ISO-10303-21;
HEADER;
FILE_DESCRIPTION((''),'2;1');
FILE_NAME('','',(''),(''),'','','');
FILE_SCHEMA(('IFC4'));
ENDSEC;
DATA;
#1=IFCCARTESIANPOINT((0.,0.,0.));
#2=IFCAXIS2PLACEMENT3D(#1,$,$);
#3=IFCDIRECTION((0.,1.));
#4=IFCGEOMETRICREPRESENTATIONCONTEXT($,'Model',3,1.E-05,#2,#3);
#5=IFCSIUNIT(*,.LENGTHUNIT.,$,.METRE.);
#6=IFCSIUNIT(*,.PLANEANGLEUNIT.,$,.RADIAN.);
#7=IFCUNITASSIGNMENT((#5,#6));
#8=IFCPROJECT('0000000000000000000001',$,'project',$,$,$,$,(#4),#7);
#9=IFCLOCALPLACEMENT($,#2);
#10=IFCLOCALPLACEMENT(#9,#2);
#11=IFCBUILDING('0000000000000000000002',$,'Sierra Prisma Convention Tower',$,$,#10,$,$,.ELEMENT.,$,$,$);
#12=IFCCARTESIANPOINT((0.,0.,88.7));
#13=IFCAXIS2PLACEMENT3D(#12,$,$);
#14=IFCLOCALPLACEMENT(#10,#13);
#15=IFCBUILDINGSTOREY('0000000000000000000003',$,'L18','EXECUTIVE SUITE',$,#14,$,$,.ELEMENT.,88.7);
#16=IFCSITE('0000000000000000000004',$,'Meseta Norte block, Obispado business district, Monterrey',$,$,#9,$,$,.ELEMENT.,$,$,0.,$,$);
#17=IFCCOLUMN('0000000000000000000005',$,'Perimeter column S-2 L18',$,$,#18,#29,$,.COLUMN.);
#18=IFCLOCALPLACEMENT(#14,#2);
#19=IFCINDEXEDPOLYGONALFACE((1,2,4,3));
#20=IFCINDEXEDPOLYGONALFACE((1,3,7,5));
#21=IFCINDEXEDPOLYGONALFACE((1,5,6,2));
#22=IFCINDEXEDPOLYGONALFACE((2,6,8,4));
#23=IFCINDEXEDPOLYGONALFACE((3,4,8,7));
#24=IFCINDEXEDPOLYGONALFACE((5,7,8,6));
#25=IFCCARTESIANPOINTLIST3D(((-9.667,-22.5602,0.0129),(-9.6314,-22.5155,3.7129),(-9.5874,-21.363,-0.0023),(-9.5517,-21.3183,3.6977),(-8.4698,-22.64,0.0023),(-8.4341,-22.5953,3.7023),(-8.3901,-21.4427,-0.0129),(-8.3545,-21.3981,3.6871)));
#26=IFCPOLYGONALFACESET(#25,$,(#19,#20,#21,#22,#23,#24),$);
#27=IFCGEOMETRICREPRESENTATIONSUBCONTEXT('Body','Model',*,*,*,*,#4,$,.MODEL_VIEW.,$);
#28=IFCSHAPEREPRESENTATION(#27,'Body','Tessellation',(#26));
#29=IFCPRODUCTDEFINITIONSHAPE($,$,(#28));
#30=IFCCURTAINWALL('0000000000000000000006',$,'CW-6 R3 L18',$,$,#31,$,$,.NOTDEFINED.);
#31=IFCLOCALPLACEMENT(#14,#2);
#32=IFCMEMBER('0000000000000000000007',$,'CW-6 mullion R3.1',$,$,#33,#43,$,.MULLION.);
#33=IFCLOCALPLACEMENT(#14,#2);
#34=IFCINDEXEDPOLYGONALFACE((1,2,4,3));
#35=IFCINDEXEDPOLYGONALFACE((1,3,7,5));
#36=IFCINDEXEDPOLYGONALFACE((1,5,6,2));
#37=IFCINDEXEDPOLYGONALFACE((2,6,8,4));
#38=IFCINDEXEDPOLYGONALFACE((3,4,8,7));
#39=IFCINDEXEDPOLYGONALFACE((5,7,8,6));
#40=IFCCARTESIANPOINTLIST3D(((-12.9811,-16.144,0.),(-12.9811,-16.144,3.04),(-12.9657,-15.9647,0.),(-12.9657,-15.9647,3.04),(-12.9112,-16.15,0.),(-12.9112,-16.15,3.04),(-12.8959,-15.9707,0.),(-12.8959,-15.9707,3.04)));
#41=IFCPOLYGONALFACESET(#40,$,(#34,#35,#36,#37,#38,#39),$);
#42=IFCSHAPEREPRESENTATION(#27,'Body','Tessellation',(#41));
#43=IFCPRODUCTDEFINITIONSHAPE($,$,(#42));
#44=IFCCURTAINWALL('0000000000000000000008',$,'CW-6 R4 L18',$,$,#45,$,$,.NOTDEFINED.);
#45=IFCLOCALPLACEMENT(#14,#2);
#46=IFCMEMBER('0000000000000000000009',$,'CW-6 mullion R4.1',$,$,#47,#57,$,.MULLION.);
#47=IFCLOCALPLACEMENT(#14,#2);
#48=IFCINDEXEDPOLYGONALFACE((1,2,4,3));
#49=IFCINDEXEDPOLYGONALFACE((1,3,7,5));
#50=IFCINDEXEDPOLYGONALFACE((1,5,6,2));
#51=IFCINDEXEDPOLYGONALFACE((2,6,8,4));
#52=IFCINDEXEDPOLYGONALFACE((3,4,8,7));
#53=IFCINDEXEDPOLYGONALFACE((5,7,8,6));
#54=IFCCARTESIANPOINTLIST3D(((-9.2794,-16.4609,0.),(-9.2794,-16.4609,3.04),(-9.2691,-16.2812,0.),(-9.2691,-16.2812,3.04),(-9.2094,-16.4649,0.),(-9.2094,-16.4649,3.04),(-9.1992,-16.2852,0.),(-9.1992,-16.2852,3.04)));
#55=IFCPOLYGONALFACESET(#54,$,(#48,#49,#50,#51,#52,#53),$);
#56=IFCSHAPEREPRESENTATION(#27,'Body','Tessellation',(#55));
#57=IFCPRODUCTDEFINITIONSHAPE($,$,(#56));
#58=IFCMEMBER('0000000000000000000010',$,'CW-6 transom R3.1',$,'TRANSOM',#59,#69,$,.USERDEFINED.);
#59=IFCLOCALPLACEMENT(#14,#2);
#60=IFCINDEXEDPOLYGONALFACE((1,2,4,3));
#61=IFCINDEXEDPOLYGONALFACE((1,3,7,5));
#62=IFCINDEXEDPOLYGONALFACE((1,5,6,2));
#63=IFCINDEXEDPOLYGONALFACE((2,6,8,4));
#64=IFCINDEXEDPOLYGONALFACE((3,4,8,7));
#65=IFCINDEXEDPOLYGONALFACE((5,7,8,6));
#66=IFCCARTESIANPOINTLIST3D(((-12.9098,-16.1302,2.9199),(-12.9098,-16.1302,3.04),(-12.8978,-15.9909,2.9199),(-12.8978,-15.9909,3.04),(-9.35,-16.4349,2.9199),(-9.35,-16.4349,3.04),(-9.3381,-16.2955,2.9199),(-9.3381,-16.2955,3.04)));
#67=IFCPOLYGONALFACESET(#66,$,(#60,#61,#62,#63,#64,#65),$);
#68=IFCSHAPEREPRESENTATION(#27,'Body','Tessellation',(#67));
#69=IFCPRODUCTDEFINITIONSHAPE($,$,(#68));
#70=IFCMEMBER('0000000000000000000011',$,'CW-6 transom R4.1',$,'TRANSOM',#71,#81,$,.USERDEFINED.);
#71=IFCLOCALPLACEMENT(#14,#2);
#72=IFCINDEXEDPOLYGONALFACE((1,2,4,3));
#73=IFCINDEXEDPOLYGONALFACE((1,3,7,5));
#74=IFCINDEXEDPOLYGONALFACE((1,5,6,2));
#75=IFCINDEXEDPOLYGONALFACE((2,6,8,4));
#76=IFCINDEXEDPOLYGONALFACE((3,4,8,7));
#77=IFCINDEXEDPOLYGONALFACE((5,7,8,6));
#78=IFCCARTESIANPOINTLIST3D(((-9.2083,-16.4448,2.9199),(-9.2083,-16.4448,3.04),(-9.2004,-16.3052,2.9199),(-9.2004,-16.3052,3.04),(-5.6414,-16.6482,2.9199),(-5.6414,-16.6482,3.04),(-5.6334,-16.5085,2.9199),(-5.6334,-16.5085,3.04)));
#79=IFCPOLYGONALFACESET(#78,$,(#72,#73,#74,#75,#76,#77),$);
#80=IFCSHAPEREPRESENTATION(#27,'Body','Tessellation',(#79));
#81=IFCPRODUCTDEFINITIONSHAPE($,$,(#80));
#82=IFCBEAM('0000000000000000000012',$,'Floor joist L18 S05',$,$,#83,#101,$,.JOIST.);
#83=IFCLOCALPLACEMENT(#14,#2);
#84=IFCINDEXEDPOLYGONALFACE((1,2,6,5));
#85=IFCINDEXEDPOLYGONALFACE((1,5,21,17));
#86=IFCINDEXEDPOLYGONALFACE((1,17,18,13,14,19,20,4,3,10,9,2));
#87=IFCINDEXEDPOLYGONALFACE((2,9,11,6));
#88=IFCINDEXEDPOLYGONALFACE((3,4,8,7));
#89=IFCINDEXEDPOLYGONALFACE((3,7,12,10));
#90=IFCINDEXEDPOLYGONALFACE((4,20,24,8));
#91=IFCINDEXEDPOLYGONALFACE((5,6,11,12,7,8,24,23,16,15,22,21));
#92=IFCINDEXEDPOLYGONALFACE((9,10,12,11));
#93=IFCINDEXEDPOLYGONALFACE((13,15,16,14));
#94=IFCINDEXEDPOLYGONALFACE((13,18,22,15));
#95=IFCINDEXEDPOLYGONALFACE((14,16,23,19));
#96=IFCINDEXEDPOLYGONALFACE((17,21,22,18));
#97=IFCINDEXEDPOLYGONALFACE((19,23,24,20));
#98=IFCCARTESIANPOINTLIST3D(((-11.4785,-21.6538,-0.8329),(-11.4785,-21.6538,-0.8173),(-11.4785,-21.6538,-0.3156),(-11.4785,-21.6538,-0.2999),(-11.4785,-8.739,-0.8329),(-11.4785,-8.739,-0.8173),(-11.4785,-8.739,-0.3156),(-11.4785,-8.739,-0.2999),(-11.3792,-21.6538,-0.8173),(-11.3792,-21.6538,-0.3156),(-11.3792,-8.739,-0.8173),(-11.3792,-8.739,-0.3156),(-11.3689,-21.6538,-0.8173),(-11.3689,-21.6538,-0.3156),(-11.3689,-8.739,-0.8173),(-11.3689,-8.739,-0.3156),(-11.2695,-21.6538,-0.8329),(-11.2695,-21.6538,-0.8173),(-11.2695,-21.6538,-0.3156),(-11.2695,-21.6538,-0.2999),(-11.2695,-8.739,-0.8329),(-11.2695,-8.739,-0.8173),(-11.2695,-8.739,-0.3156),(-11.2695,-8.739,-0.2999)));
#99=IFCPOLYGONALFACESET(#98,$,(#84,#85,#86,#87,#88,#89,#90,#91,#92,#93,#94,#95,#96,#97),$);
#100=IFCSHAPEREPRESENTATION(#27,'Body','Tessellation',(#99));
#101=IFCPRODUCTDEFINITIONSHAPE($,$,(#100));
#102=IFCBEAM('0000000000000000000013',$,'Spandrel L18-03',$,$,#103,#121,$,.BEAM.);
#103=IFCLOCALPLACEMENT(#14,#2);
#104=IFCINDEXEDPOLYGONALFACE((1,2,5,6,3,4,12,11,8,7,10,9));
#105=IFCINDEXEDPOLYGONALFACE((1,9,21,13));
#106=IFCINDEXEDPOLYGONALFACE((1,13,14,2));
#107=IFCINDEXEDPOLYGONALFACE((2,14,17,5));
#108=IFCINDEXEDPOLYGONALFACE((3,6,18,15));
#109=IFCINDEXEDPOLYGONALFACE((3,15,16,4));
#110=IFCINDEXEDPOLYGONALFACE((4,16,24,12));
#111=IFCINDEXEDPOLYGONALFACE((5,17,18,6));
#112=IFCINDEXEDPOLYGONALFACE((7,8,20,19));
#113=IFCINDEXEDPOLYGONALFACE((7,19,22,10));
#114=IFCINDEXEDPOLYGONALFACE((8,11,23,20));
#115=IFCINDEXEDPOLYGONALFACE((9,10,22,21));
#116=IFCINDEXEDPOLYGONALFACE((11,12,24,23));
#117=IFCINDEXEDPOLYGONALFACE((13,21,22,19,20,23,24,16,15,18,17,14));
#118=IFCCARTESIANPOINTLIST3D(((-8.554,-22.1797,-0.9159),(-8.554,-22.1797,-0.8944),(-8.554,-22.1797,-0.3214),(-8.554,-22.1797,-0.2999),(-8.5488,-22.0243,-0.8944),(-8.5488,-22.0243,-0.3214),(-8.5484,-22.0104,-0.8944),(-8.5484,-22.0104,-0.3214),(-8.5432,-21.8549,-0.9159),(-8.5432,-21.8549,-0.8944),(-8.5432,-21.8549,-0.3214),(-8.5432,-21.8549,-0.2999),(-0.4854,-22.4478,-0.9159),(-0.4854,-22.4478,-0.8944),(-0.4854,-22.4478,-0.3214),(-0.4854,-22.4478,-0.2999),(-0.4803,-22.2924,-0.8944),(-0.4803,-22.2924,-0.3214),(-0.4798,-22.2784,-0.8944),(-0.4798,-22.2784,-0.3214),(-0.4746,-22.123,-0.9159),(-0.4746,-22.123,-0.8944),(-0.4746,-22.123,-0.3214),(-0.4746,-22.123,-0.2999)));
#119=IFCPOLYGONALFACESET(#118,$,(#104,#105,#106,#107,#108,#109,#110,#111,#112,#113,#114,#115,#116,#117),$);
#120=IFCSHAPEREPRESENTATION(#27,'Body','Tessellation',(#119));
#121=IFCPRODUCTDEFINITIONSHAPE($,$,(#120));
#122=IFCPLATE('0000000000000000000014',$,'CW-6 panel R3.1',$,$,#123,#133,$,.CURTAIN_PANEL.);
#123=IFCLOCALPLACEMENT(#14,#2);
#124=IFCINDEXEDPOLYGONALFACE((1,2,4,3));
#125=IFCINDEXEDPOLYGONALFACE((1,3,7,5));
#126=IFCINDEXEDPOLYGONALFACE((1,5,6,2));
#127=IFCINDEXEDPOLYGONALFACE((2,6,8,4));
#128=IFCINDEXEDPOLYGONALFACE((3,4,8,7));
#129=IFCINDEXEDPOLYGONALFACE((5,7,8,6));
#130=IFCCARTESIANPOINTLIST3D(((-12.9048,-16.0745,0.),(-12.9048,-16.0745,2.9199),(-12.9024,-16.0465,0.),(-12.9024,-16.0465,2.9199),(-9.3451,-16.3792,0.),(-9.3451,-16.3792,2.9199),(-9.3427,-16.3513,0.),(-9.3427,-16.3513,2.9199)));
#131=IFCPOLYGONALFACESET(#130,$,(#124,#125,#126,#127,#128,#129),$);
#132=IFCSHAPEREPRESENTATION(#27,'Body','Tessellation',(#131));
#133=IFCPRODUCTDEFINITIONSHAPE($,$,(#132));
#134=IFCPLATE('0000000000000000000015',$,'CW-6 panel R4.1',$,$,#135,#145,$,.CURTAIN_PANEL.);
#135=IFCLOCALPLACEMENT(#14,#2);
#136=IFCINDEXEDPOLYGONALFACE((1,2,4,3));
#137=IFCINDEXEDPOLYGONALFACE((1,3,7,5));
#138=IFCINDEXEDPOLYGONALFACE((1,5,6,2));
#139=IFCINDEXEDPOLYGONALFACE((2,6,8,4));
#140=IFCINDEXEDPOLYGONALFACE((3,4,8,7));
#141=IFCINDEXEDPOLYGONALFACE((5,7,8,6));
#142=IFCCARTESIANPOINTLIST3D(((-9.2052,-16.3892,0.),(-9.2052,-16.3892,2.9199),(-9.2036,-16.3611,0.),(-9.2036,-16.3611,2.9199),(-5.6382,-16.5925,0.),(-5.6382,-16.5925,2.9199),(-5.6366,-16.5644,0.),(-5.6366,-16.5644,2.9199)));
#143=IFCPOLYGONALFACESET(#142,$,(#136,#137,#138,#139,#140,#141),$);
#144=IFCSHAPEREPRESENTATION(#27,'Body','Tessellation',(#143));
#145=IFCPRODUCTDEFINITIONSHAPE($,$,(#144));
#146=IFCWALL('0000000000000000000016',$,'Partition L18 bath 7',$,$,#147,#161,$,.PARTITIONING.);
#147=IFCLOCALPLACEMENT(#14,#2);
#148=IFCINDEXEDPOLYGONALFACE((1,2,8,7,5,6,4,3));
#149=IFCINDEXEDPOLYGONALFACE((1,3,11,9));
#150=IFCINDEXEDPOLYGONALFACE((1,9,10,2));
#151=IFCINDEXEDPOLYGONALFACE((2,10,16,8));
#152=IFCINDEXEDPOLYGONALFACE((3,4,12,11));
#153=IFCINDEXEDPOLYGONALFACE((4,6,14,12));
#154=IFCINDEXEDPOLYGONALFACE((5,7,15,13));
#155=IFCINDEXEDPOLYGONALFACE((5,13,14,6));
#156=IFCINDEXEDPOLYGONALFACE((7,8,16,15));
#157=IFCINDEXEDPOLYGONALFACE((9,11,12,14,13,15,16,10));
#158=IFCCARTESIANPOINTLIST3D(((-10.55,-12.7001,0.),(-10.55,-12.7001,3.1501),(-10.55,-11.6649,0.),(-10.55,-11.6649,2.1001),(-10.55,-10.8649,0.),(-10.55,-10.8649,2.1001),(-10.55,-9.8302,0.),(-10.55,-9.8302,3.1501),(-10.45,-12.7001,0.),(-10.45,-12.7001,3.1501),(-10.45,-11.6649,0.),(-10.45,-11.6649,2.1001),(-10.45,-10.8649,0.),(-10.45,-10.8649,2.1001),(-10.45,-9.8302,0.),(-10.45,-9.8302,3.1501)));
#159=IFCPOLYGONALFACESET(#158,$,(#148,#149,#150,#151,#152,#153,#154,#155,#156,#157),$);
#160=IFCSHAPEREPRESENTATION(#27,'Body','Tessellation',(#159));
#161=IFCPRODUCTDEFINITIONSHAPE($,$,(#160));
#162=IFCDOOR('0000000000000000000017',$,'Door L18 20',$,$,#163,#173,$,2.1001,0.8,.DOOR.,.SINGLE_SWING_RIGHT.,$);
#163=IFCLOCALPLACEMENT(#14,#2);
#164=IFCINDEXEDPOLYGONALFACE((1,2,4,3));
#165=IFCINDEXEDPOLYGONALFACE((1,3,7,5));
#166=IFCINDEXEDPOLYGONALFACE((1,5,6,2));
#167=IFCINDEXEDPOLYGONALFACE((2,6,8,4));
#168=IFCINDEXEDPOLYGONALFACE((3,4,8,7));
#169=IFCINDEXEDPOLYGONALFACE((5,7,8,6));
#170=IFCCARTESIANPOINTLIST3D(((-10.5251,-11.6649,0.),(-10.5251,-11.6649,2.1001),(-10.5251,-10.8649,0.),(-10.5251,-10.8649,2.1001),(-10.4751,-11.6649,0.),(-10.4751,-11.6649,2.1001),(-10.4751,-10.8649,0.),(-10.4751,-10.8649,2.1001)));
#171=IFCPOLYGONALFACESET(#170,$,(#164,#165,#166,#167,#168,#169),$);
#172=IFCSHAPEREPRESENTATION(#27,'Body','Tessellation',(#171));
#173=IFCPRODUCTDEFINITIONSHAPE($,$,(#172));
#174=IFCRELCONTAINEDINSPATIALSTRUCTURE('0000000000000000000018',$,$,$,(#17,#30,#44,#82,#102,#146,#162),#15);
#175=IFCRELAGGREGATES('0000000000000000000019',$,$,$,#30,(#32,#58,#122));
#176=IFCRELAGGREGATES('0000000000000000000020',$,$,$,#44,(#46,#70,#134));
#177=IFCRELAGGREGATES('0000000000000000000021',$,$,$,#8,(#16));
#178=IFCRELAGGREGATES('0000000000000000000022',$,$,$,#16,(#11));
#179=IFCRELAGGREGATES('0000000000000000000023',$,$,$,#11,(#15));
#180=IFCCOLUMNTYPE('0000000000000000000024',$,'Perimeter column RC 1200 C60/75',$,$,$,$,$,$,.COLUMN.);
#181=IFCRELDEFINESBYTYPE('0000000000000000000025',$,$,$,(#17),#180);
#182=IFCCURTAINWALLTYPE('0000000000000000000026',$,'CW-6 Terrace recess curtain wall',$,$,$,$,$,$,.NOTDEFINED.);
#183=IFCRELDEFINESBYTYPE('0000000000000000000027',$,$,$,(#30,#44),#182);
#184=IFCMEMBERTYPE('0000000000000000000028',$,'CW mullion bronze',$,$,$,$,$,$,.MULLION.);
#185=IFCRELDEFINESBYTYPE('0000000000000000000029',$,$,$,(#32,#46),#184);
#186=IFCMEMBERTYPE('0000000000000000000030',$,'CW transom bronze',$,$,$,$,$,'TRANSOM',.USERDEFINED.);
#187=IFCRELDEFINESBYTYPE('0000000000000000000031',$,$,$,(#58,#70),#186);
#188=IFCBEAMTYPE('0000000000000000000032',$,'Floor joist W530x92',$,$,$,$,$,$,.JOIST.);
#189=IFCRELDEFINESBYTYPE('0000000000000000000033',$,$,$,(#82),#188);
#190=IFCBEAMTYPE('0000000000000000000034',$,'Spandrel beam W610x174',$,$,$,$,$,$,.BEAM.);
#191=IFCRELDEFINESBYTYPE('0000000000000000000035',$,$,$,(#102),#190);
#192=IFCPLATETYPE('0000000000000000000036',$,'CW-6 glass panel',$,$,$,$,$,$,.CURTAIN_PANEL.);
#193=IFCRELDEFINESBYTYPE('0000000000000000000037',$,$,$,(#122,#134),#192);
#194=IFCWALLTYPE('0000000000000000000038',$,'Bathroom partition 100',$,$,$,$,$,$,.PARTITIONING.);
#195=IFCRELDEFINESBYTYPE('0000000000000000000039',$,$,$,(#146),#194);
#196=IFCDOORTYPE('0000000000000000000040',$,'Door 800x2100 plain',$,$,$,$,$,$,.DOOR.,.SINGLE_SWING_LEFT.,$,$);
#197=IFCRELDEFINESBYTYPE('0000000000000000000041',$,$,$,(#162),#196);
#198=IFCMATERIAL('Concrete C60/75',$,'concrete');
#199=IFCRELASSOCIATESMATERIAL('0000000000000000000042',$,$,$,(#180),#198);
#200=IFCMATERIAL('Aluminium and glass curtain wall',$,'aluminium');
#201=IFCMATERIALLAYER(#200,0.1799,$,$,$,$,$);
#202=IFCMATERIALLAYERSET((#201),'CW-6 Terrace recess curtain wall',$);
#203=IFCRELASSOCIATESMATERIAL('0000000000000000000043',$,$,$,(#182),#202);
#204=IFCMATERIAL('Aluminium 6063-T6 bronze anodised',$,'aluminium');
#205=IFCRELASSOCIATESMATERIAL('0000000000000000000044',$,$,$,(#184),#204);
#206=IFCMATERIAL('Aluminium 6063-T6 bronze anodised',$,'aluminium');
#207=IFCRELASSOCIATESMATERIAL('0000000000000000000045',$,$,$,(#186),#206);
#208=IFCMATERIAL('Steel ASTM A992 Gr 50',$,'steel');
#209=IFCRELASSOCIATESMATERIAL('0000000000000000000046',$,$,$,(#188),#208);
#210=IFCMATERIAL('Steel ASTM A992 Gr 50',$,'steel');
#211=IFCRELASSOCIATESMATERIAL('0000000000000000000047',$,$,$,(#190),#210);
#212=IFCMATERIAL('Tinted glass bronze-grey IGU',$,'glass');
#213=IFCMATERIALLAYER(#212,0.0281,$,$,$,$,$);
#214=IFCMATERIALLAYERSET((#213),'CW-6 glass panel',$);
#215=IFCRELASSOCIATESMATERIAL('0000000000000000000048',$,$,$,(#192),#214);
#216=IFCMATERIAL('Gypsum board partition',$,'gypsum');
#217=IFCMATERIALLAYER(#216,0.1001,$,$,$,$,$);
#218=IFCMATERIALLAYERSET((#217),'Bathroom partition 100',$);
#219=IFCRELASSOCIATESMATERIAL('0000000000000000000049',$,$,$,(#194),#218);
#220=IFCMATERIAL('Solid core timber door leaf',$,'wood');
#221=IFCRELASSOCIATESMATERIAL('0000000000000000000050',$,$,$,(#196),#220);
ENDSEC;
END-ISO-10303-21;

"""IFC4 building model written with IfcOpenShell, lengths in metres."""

from ifc_helpers import new_model, si_unit, direction, frame, frame_2d, origin, origin_2d, place, context, subcontext, project, spatial, rectangle, i_section, extrude, material, layer, layer_set, material_profile, profile_set, type_object, element, fill, aggregate, save


model = new_model("IFC4")

# Units and contexts
model_context = context("Model", 3, precision=1e-05, world=origin(), true_north=direction((0.0, 1.0)))
body_context = subcontext(model_context, "Body", "Model", "MODEL_VIEW")
ifc_project = project(units=[si_unit("LENGTHUNIT", "METRE"), si_unit("PLANEANGLEUNIT", "RADIAN")], contexts=[model_context])

# Site, building, storey
site_placement = place(None, origin())
site = spatial("IfcSite", under=ifc_project, at=site_placement, Name="Meseta Norte block, Obispado business district, Monterrey", CompositionType="ELEMENT", RefElevation=0.0)
building_placement = place(site_placement, origin())
building = spatial("IfcBuilding", under=site, at=building_placement, Name="Sierra Prisma Convention Tower", CompositionType="ELEMENT")
storey_placement = place(building_placement, frame((0.0, 0.0, 88.7)))
storey = spatial("IfcBuildingStorey", under=building, at=storey_placement, Name="L18", Description="EXECUTIVE SUITE", CompositionType="ELEMENT", Elevation=88.7)

# Column
ifc_material_1 = material(Name="Concrete C60/75", Category="concrete")
ifc_material_profile_1 = material_profile(ifc_material_1, rectangle(XDim=1.2, YDim=1.2, at=origin_2d()), Name="Perimeter column RC 1200 C60/75")
ifc_profile_set_1 = profile_set([ifc_material_profile_1], Name="Concrete C60/75")
column_type = type_object("IfcColumnType", Name="Perimeter column RC 1200 C60/75", PredefinedType="COLUMN", material=ifc_profile_set_1)
column_placement = place(storey_placement, frame((-9.0286, -22.0015, 0.0), z_axis=(0.009633, 0.012074, 0.999881), x_axis=(-0.997749, 0.066481, 0.008809)))
element("IfcColumn", 1, at=column_placement, inside=storey, type_object=column_type, Name="Perimeter column S-2 L18", PredefinedType="COLUMN", context=body_context, shape_type="SweptSolid", body=[
    extrude(rectangle(XDim=1.2, YDim=1.2, at=origin_2d()), origin(), (0.0, 0.0, 1.0), 3.7004),
])

# Curtain walls, members
ifc_material_2 = material(Name="Aluminium and glass curtain wall", Category="aluminium")
ifc_layer_1 = layer(ifc_material_2, 0.1799)
ifc_layer_set_1 = layer_set([ifc_layer_1], Name="CW-6 Terrace recess curtain wall")
curtain_wall_type = type_object("IfcCurtainWallType", Name="CW-6 Terrace recess curtain wall", PredefinedType="NOTDEFINED", material=ifc_layer_set_1)
curtain_wall_1_placement = place(storey_placement, origin())
curtain_wall_1 = element("IfcCurtainWall", 2, at=curtain_wall_1_placement, inside=storey, type_object=curtain_wall_type, Name="CW-6 R3 L18", PredefinedType="NOTDEFINED")
ifc_material_3 = material(Name="Aluminium 6063-T6 bronze anodised", Category="aluminium")
ifc_material_profile_2 = material_profile(ifc_material_3, rectangle(XDim=0.1799, YDim=0.0701, at=origin_2d()), Name="ALU MULLION 70x180")
ifc_profile_set_2 = profile_set([ifc_material_profile_2], Name="Aluminium 6063-T6 bronze anodised")
member_type_1 = type_object("IfcMemberType", Name="CW mullion bronze", PredefinedType="MULLION", material=ifc_profile_set_2)
member_1_placement = place(storey_placement, frame((-12.9385, -16.0574, 0.0), z_axis=(0.0, 0.0, 1.0), x_axis=(0.085292, 0.996356, 0.0)))
member_1 = element("IfcMember", 3, at=member_1_placement, type_object=member_type_1, Name="CW-6 mullion R3.1", PredefinedType="MULLION", context=body_context, shape_type="SweptSolid", body=[
    extrude(rectangle(XDim=0.1799, YDim=0.0701, at=origin_2d()), origin(), (0.0, 0.0, 1.0), 3.04),
])
curtain_wall_2_placement = place(storey_placement, origin())
curtain_wall_2 = element("IfcCurtainWall", 4, at=curtain_wall_2_placement, inside=storey, type_object=curtain_wall_type, Name="CW-6 R4 L18", PredefinedType="NOTDEFINED")
member_2_placement = place(storey_placement, frame((-9.2393, -16.373, 0.0), z_axis=(0.0, 0.0, 1.0), x_axis=(0.0569, 0.99838, 0.0)))
member_2 = element("IfcMember", 5, at=member_2_placement, type_object=member_type_1, Name="CW-6 mullion R4.1", PredefinedType="MULLION", context=body_context, shape_type="SweptSolid", body=[
    extrude(rectangle(XDim=0.1799, YDim=0.0701, at=origin_2d()), origin(), (0.0, 0.0, 1.0), 3.04),
])

# Members
ifc_material_4 = material(Name="Aluminium 6063-T6 bronze anodised", Category="aluminium")
ifc_material_profile_3 = material_profile(ifc_material_4, rectangle(XDim=0.1399, YDim=0.1201, at=origin_2d()), Name="ALU TRANSOM 120x140")
ifc_profile_set_3 = profile_set([ifc_material_profile_3], Name="Aluminium 6063-T6 bronze anodised")
member_type_2 = type_object("IfcMemberType", Name="CW transom bronze", ElementType="TRANSOM", PredefinedType="USERDEFINED", material=ifc_profile_set_3)
member_3_placement = place(storey_placement, frame((-12.9038, -16.0605, 2.98), z_axis=(0.996357, -0.085279, 0.0), x_axis=(0.085279, 0.996357, 0.0)))
member_3 = element("IfcMember", 6, at=member_3_placement, type_object=member_type_2, Name="CW-6 transom R3.1", ObjectType="TRANSOM", PredefinedType="USERDEFINED", context=body_context, shape_type="SweptSolid", body=[
    extrude(rectangle(XDim=0.1399, YDim=0.1201, at=origin_2d()), origin(), (0.0, 0.0, 1.0), 3.5728),
])
member_4_placement = place(storey_placement, frame((-9.2043, -16.375, 2.98), z_axis=(0.998379, -0.056923, 0.0), x_axis=(0.056923, 0.998379, 0.0)))
member_4 = element("IfcMember", 7, at=member_4_placement, type_object=member_type_2, Name="CW-6 transom R4.1", ObjectType="TRANSOM", PredefinedType="USERDEFINED", context=body_context, shape_type="SweptSolid", body=[
    extrude(rectangle(XDim=0.1399, YDim=0.1201, at=origin_2d()), origin(), (0.0, 0.0, 1.0), 3.5728),
])

# Beams
ifc_material_5 = material(Name="Steel ASTM A992 Gr 50", Category="steel")
ifc_material_profile_4 = material_profile(ifc_material_5, i_section(OverallWidth=0.209, OverallDepth=0.533, WebThickness=0.0103, FlangeThickness=0.0156, at=origin_2d()), Name="W530x92")
ifc_profile_set_4 = profile_set([ifc_material_profile_4], Name="Steel ASTM A992 Gr 50")
beam_type_1 = type_object("IfcBeamType", Name="Floor joist W530x92", PredefinedType="JOIST", material=ifc_profile_set_4)
beam_1_placement = place(storey_placement, frame((-11.374, -21.6538, -0.5664), z_axis=(0.0, 1.0, 0.0), x_axis=(-1.0, 0.0, 0.0)))
element("IfcBeam", 8, at=beam_1_placement, inside=storey, type_object=beam_type_1, Name="Floor joist L18 S05", PredefinedType="JOIST", context=body_context, shape_type="SweptSolid", body=[
    extrude(i_section(OverallWidth=0.209, OverallDepth=0.533, WebThickness=0.0103, FlangeThickness=0.0156, at=origin_2d()), origin(), (0.0, 0.0, 1.0), 12.9148),
])
ifc_material_6 = material(Name="Steel ASTM A992 Gr 50", Category="steel")
ifc_material_profile_5 = material_profile(ifc_material_6, i_section(OverallWidth=0.325, OverallDepth=0.616, WebThickness=0.0139, FlangeThickness=0.0215, at=origin_2d()), Name="W610x174")
ifc_profile_set_5 = profile_set([ifc_material_profile_5], Name="Steel ASTM A992 Gr 50")
beam_type_2 = type_object("IfcBeamType", Name="Spandrel beam W610x174", PredefinedType="BEAM", material=ifc_profile_set_5)
beam_2_placement = place(storey_placement, frame((-8.5486, -22.0173, -0.6079), z_axis=(0.999449, -0.033205, 0.0), x_axis=(0.033205, 0.999449, 0.0)))
element("IfcBeam", 9, at=beam_2_placement, inside=storey, type_object=beam_type_2, Name="Spandrel L18-03", PredefinedType="BEAM", context=body_context, shape_type="SweptSolid", body=[
    extrude(i_section(OverallWidth=0.325, OverallDepth=0.616, WebThickness=0.0139, FlangeThickness=0.0215, at=origin_2d()), origin(), (0.0, 0.0, 1.0), 8.073),
])

# Plates
ifc_material_7 = material(Name="Tinted glass bronze-grey IGU", Category="glass")
ifc_layer_2 = layer(ifc_material_7, 0.0281)
ifc_layer_set_2 = layer_set([ifc_layer_2], Name="CW-6 glass panel")
plate_type = type_object("IfcPlateType", Name="CW-6 glass panel", PredefinedType="CURTAIN_PANEL", material=ifc_layer_set_2)
plate_1_placement = place(storey_placement, frame((-11.1238, -16.2129, 0.0), z_axis=(0.0, 0.0, 1.0), x_axis=(0.996356, -0.085292, 0.0)))
plate_1 = element("IfcPlate", 10, at=plate_1_placement, type_object=plate_type, Name="CW-6 panel R3.1", PredefinedType="CURTAIN_PANEL", context=body_context, shape_type="SweptSolid", body=[
    extrude(rectangle(XDim=3.5728, YDim=0.0281, at=origin_2d()), origin(), (0.0, 0.0, 1.0), 2.9199),
])
aggregate(curtain_wall_1, [member_1, member_3, plate_1])
plate_2_placement = place(storey_placement, frame((-7.4209, -16.4768, 0.0), z_axis=(0.0, 0.0, 1.0), x_axis=(0.99838, -0.0569, 0.0)))
plate_2 = element("IfcPlate", 11, at=plate_2_placement, type_object=plate_type, Name="CW-6 panel R4.1", PredefinedType="CURTAIN_PANEL", context=body_context, shape_type="SweptSolid", body=[
    extrude(rectangle(XDim=3.5728, YDim=0.0281, at=origin_2d()), origin(), (0.0, 0.0, 1.0), 2.9199),
])
aggregate(curtain_wall_2, [member_2, member_4, plate_2])

# Wall, opening, door
ifc_material_8 = material(Name="Gypsum board partition", Category="gypsum")
ifc_layer_3 = layer(ifc_material_8, 0.1001)
ifc_layer_set_3 = layer_set([ifc_layer_3], Name="Bathroom partition 100")
wall_type_1 = type_object("IfcWallType", Name="Bathroom partition 100", PredefinedType="PARTITIONING", material=ifc_layer_set_3)
wall_1_placement = place(storey_placement, frame((-10.5, -9.8301, 0.0), z_axis=(0.0, 0.0, 1.0), x_axis=(0.0, -1.0, 0.0)))
wall_1 = element("IfcWall", 12, at=wall_1_placement, inside=storey, type_object=wall_type_1, Name="Partition L18 bath 7", PredefinedType="PARTITIONING", context=body_context, shape_type="SweptSolid", body=[
    extrude(rectangle(XDim=2.8699, YDim=0.1001, at=frame_2d((1.4351, 0.0))), origin(), (0.0, 0.0, 1.0), 3.1501),
])
opening_1_placement = place(wall_1_placement, frame((1.0349, 0.0, 0.0)))
opening_1 = element("IfcOpeningElement", 13, at=opening_1_placement, cuts=wall_1, PredefinedType="OPENING", context=body_context, shape_type="SweptSolid", body=[
    extrude(rectangle(XDim=0.8, YDim=2.1001, at=frame_2d((0.3999, 1.05))), frame((0.0, 0.05, 0.0), z_axis=(0.0, -1.0, 0.0), x_axis=(1.0, 0.0, 0.0)), (0.0, 0.0, 1.0), 0.1001),
])
ifc_material_9 = material(Name="Solid core timber door leaf", Category="wood")
door_type_1 = type_object("IfcDoorType", Name="Door 800x2100 plain", OperationType="SINGLE_SWING_LEFT", PredefinedType="DOOR", material=ifc_material_9)
door_1_placement = place(opening_1_placement, origin())
door_1 = element("IfcDoor", 14, at=door_1_placement, inside=storey, type_object=door_type_1, Name="Door L18 20", OperationType="SINGLE_SWING_RIGHT", OverallHeight=2.1001, OverallWidth=0.8, PredefinedType="DOOR", context=body_context, shape_type="SweptSolid", body=[
    extrude(rectangle(XDim=0.8, YDim=2.1001, at=frame_2d((0.3999, 1.05))), frame((0.0, 0.0249, 0.0), z_axis=(0.0, -1.0, 0.0), x_axis=(1.0, 0.0, 0.0)), (0.0, 0.0, 1.0), 0.05),
])
fill(opening_1, door_1)

save(model, "model.ifc")
